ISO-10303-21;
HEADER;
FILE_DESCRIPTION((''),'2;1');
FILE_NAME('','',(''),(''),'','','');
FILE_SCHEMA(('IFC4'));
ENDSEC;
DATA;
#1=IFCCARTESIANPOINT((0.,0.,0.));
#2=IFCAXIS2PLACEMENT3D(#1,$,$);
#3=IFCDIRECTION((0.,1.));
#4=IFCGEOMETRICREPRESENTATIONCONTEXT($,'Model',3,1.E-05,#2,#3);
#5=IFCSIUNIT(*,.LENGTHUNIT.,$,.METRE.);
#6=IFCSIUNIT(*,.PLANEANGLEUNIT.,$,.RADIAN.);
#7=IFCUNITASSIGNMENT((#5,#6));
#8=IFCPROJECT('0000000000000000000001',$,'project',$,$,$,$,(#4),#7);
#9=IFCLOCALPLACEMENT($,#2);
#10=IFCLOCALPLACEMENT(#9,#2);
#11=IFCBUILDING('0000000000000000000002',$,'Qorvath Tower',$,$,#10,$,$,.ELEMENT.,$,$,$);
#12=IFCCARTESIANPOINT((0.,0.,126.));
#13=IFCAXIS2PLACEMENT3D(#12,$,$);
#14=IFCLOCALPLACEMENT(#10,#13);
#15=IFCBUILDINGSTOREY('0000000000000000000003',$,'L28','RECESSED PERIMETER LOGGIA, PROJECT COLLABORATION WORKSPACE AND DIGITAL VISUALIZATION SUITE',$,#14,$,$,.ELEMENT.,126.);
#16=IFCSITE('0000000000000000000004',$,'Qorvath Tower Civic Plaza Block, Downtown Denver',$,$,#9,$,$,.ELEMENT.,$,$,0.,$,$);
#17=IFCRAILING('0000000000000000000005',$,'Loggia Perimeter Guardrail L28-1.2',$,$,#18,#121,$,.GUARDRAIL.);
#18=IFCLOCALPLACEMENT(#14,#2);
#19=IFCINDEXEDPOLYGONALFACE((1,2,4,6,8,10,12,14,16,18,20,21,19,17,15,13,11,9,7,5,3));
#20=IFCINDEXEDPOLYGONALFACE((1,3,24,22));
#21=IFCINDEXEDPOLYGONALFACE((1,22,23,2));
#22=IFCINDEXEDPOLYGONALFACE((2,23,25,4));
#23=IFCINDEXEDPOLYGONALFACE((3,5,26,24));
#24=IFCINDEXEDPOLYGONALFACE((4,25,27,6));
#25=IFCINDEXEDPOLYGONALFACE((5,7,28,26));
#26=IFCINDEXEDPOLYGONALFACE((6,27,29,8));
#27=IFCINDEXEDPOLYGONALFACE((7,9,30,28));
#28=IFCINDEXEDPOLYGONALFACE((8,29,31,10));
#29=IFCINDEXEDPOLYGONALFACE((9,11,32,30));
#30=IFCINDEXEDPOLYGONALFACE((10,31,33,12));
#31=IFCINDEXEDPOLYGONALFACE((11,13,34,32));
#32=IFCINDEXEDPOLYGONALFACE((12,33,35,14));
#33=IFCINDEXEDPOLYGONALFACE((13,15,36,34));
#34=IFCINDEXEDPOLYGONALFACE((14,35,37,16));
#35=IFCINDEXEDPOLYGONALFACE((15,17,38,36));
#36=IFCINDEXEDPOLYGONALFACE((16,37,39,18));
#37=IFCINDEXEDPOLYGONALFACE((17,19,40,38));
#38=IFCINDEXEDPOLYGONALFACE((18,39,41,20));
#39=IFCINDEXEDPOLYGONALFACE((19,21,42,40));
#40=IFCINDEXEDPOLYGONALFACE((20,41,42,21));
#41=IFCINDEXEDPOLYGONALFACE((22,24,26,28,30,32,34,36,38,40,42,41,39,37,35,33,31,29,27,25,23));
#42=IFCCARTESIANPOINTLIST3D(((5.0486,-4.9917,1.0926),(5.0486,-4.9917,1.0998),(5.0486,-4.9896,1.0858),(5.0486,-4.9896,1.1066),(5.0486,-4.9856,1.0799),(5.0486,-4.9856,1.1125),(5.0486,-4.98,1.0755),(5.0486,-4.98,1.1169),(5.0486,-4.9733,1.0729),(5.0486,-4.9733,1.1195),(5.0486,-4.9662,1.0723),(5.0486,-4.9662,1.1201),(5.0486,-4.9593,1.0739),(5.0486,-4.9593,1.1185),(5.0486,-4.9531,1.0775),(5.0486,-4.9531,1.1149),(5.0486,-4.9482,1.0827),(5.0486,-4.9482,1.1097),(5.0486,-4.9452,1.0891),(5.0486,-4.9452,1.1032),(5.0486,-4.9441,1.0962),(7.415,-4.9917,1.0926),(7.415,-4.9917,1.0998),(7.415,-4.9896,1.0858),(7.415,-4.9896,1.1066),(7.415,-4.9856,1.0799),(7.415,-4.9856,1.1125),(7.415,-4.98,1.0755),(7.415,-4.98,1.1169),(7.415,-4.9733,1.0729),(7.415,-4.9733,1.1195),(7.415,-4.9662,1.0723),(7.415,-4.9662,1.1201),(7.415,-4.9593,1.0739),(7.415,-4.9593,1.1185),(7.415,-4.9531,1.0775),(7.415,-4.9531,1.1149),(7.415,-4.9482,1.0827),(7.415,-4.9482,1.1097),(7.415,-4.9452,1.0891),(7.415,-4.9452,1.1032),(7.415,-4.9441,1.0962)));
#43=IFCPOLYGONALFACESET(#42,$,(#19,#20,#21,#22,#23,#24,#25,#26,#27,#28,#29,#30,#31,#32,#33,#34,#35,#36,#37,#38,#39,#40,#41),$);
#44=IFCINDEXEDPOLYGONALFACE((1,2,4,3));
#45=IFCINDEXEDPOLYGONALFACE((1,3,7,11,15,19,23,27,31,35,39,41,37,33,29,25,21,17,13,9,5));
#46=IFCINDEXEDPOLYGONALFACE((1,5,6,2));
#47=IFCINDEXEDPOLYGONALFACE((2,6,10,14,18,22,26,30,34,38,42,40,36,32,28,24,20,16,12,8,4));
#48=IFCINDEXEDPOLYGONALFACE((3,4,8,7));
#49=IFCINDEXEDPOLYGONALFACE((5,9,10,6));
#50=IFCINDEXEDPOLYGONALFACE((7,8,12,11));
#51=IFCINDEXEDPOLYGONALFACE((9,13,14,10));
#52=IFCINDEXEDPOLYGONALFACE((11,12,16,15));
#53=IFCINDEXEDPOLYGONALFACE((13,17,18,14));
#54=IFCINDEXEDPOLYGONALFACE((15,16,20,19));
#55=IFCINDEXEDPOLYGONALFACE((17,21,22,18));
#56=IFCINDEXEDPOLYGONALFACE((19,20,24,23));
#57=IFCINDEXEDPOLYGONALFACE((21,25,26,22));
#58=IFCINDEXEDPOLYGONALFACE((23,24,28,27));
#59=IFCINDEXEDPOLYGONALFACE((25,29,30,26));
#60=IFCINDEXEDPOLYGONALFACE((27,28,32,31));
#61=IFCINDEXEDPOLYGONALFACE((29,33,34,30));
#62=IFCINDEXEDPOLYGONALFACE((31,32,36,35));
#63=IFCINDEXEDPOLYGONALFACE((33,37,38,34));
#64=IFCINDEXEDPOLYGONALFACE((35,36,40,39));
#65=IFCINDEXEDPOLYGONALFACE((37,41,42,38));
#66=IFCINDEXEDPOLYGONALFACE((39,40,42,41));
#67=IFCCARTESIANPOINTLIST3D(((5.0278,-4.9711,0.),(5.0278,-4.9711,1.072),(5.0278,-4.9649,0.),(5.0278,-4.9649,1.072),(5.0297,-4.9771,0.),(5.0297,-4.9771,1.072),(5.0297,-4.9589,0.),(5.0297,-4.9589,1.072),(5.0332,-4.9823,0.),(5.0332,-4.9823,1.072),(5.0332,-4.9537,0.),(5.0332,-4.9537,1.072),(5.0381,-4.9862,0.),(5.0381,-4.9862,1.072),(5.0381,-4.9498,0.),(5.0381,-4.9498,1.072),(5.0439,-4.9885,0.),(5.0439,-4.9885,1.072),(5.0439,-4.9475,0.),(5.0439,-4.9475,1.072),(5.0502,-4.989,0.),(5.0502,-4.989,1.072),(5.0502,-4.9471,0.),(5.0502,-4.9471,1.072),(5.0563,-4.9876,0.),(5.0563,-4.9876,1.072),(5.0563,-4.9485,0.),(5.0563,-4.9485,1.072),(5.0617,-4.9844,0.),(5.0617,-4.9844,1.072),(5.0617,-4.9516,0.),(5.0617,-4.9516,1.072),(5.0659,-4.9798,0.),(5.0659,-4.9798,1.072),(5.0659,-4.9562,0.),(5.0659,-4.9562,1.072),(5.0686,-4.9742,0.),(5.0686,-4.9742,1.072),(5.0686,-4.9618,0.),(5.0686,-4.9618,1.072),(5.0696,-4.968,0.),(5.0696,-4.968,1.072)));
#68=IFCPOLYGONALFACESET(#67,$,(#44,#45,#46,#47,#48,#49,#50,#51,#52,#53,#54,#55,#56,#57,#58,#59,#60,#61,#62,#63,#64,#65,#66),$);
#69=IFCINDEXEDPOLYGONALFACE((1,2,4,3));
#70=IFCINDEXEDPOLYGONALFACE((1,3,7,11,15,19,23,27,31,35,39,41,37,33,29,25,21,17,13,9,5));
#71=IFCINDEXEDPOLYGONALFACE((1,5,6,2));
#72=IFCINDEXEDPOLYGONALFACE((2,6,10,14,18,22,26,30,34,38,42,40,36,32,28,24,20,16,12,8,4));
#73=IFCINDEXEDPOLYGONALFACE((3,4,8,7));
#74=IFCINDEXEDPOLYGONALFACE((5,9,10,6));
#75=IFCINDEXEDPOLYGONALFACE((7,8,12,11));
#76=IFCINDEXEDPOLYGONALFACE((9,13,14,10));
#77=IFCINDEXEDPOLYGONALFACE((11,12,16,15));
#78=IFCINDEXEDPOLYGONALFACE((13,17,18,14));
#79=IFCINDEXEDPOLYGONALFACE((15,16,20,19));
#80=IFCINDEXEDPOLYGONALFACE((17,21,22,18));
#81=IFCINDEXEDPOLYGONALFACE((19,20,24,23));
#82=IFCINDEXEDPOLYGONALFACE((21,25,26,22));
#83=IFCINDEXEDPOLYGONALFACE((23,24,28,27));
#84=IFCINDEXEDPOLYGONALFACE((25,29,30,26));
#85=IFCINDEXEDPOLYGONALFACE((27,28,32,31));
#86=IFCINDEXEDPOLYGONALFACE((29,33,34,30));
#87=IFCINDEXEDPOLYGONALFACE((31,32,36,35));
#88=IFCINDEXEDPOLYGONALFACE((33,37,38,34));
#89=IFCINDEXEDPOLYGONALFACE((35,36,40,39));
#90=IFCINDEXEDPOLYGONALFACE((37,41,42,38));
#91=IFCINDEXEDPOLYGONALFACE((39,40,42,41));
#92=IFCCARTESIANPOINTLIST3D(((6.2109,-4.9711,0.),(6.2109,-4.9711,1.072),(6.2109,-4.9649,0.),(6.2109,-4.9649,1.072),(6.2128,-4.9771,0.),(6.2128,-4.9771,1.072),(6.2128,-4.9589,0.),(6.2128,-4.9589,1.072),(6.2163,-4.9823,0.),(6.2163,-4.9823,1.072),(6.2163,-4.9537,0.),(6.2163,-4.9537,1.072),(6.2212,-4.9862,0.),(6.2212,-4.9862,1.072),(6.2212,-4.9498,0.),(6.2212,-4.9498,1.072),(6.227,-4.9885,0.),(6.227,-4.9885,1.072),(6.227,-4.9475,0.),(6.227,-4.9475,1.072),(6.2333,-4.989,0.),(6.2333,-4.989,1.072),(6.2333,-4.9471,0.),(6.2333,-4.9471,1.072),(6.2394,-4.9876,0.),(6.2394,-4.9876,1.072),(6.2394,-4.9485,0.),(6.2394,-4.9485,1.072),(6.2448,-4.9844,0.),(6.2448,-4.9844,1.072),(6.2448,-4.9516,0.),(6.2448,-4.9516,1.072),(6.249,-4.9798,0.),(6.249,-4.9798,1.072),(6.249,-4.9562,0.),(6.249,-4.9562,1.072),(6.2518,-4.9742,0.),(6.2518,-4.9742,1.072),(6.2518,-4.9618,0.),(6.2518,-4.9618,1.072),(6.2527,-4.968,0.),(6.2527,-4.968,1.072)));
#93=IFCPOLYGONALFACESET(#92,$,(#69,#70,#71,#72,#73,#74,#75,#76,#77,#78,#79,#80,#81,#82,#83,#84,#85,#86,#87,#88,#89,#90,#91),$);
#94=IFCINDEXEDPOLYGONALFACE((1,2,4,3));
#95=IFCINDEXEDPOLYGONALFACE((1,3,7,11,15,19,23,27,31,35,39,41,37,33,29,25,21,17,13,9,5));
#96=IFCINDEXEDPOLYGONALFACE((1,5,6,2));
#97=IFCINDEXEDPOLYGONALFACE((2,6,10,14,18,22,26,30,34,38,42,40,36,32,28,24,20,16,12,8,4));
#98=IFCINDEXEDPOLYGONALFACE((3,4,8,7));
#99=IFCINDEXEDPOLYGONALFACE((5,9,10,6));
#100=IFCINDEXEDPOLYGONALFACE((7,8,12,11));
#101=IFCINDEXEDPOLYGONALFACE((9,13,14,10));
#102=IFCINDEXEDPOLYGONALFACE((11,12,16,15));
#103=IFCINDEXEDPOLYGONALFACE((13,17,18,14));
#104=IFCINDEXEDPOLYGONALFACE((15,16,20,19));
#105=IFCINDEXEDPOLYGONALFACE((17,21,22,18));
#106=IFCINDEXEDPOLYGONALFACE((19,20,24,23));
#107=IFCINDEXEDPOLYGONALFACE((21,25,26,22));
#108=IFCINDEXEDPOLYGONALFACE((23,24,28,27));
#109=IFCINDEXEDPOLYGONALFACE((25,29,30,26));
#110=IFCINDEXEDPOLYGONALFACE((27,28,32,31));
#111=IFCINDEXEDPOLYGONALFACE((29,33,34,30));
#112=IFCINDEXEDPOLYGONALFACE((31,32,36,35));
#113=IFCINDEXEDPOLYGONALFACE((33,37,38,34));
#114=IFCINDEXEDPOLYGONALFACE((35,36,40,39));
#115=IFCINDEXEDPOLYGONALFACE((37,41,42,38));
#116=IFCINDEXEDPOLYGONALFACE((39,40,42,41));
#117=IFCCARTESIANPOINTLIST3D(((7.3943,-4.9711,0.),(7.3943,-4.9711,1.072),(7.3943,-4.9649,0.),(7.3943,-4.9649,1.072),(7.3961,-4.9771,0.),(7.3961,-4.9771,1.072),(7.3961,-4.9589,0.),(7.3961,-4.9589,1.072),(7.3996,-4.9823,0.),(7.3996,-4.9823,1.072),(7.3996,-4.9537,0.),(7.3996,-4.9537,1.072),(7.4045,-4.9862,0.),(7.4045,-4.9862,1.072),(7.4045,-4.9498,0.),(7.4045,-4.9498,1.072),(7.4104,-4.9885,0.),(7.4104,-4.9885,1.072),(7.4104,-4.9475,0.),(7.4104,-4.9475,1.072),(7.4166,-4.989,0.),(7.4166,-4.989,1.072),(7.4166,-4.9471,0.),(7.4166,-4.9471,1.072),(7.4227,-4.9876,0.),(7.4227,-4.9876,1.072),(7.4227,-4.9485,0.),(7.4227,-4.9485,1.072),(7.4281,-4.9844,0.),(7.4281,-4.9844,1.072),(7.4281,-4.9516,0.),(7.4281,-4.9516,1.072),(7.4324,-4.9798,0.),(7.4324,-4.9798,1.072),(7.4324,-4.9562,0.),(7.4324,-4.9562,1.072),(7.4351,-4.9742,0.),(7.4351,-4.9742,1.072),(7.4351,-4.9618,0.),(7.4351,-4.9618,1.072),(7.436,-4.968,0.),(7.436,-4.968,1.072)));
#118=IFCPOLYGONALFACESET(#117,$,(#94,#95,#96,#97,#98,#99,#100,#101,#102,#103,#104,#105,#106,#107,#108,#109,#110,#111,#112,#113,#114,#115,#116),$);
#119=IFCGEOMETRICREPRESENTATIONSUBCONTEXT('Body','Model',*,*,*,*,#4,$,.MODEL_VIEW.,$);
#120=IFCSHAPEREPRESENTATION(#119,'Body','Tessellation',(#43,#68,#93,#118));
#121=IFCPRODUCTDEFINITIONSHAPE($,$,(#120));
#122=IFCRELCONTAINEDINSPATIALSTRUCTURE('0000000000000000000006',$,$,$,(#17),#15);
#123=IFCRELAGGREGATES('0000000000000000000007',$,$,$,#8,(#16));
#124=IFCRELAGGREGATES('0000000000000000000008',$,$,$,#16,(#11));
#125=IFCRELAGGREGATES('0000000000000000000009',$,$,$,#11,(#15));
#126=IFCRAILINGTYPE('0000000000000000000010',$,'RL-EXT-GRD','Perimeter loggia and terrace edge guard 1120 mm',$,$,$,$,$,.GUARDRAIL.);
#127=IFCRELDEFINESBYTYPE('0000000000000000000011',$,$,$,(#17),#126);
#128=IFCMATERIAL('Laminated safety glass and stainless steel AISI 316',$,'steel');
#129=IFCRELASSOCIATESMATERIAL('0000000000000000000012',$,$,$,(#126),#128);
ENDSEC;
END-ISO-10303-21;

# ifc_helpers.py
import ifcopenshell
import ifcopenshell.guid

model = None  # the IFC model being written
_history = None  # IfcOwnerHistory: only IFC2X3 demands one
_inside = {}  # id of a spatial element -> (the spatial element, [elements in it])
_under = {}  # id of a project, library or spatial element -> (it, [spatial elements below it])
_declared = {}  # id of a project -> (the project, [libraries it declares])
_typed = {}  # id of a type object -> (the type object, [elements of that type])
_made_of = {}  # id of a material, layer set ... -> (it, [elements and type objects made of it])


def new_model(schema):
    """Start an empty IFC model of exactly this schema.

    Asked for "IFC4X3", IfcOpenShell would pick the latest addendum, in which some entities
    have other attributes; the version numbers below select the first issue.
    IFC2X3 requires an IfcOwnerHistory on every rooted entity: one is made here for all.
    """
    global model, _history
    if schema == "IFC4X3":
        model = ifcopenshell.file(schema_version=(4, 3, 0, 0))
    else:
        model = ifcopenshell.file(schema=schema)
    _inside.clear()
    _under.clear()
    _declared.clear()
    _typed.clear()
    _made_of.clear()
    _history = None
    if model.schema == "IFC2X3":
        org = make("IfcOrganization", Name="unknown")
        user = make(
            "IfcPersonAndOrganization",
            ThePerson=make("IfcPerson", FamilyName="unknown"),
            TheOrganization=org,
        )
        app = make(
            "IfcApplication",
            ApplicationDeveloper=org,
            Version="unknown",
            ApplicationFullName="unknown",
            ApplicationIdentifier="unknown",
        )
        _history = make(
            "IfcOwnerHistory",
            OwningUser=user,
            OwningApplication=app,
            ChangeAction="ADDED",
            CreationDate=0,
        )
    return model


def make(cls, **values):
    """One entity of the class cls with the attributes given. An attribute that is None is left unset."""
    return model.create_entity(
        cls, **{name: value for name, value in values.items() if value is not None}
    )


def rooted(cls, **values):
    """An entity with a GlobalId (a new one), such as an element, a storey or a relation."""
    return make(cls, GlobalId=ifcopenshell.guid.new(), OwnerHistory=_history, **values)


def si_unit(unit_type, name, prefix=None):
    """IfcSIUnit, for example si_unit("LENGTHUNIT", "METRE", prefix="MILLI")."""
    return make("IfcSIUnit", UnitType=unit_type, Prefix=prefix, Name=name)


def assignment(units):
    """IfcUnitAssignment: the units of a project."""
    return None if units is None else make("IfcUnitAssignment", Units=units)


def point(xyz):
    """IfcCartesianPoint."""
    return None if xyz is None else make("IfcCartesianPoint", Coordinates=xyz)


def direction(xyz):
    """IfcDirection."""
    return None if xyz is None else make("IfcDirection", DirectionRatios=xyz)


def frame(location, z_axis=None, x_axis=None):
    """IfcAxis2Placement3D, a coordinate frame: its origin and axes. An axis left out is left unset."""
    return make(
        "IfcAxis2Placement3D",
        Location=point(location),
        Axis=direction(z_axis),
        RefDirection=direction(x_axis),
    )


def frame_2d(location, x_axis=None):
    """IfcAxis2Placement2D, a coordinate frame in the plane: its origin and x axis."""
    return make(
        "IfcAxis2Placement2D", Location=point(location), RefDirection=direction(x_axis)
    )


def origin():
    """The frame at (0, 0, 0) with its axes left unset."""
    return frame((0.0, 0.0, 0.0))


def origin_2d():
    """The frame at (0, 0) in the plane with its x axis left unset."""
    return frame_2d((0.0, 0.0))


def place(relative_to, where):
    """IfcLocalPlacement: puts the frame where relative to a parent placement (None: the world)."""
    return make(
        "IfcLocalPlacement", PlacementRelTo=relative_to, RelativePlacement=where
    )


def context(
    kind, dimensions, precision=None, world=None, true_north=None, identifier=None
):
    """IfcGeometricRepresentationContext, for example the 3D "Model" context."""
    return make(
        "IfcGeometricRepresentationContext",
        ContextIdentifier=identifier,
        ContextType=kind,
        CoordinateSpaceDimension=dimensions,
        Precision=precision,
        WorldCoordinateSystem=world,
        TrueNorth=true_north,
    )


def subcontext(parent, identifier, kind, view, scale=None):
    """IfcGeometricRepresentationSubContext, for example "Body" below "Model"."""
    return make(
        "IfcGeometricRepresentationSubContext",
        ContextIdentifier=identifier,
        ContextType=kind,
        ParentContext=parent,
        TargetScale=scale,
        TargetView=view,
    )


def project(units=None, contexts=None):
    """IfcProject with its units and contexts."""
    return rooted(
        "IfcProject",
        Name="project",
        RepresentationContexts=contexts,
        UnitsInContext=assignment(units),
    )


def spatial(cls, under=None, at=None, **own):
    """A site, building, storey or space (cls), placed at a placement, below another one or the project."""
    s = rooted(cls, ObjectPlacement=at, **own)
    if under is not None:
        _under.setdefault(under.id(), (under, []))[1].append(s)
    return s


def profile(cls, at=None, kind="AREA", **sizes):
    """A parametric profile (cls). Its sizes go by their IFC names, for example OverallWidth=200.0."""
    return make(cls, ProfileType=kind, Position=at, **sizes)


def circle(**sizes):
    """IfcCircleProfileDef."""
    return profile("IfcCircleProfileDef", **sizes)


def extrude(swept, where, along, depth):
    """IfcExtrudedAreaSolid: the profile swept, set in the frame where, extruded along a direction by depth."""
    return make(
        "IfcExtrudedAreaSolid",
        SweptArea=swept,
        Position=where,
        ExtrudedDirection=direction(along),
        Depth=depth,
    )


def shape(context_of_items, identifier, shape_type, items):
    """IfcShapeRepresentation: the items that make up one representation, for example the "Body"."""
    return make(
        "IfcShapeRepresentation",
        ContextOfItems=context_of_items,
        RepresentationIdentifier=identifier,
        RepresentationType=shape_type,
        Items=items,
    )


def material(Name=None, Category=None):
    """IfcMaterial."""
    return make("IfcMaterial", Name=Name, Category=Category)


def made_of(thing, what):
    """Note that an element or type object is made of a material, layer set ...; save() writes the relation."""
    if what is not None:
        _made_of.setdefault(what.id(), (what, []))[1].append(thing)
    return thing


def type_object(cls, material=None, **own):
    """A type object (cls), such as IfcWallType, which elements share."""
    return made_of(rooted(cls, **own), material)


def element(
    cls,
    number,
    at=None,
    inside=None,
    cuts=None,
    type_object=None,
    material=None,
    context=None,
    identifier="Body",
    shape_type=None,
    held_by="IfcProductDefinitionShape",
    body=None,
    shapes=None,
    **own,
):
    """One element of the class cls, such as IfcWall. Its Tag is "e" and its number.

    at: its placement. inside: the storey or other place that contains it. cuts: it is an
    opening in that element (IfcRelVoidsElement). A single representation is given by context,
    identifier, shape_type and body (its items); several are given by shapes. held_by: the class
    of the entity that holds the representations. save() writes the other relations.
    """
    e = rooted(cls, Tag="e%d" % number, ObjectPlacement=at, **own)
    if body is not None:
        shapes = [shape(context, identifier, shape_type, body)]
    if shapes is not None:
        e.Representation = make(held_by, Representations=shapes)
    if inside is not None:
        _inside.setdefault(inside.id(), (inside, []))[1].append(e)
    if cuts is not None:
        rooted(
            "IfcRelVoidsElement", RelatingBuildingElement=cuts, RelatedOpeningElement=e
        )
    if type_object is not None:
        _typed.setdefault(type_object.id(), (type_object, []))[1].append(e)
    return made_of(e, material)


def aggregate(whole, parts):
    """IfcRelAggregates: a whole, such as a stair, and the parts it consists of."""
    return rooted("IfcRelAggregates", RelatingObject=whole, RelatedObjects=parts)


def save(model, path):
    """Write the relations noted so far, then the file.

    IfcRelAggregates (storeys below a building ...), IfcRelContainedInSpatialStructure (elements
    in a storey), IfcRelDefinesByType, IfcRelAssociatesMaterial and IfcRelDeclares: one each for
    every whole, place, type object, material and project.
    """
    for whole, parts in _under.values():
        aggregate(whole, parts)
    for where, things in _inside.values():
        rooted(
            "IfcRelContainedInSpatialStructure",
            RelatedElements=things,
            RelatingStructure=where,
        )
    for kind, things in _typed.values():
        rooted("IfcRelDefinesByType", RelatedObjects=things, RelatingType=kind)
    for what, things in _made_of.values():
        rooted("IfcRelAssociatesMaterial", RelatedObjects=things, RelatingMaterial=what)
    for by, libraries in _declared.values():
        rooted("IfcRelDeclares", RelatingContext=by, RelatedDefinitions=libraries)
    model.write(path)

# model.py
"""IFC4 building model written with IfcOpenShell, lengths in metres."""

from ifc_helpers import new_model, si_unit, direction, frame, origin, origin_2d, place, context, subcontext, project, spatial, circle, extrude, material, type_object, element, save


model = new_model("IFC4")

# Units and contexts
model_context = context("Model", 3, precision=1e-05, world=origin(), true_north=direction((0.0, 1.0)))
body_context = subcontext(model_context, "Body", "Model", "MODEL_VIEW")
ifc_project = project(units=[si_unit("LENGTHUNIT", "METRE"), si_unit("PLANEANGLEUNIT", "RADIAN")], contexts=[model_context])

# Site, building, storey
site_placement = place(None, origin())
site = spatial("IfcSite", under=ifc_project, at=site_placement, Name="Qorvath Tower Civic Plaza Block, Downtown Denver", CompositionType="ELEMENT", RefElevation=0.0)
building_placement = place(site_placement, origin())
building = spatial("IfcBuilding", under=site, at=building_placement, Name="Qorvath Tower", CompositionType="ELEMENT")
storey_placement = place(building_placement, frame((0.0, 0.0, 126.0)))
storey = spatial("IfcBuildingStorey", under=building, at=storey_placement, Name="L28", Description="RECESSED PERIMETER LOGGIA, PROJECT COLLABORATION WORKSPACE AND DIGITAL VISUALIZATION SUITE", CompositionType="ELEMENT", Elevation=126.0)

# Railing
ifc_material_1 = material(Name="Laminated safety glass and stainless steel AISI 316", Category="steel")
railing_type = type_object("IfcRailingType", Name="RL-EXT-GRD", Description="Perimeter loggia and terrace edge guard 1120 mm", PredefinedType="GUARDRAIL", material=ifc_material_1)
railing_1_placement = place(storey_placement, frame((5.0486, -4.968, 0.0)))
element("IfcRailing", 1, at=railing_1_placement, inside=storey, type_object=railing_type, Name="Loggia Perimeter Guardrail L28-1.2", PredefinedType="GUARDRAIL", context=body_context, shape_type="SweptSolid", body=[
    extrude(circle(Radius=0.0239, at=origin_2d()), frame((0.0, 0.0, 1.0962), z_axis=(1.0, 0.0, 0.0), x_axis=(0.0, 1.0, 0.0)), (0.0, 0.0, 1.0), 2.3665),
    extrude(circle(Radius=0.021, at=origin_2d()), origin(), (0.0, 0.0, 1.0), 1.072),
    extrude(circle(Radius=0.021, at=origin_2d()), frame((1.1831, 0.0, 0.0)), (0.0, 0.0, 1.0), 1.072),
    extrude(circle(Radius=0.021, at=origin_2d()), frame((2.3665, 0.0, 0.0)), (0.0, 0.0, 1.0), 1.072),
])

save(model, "model.ifc")
